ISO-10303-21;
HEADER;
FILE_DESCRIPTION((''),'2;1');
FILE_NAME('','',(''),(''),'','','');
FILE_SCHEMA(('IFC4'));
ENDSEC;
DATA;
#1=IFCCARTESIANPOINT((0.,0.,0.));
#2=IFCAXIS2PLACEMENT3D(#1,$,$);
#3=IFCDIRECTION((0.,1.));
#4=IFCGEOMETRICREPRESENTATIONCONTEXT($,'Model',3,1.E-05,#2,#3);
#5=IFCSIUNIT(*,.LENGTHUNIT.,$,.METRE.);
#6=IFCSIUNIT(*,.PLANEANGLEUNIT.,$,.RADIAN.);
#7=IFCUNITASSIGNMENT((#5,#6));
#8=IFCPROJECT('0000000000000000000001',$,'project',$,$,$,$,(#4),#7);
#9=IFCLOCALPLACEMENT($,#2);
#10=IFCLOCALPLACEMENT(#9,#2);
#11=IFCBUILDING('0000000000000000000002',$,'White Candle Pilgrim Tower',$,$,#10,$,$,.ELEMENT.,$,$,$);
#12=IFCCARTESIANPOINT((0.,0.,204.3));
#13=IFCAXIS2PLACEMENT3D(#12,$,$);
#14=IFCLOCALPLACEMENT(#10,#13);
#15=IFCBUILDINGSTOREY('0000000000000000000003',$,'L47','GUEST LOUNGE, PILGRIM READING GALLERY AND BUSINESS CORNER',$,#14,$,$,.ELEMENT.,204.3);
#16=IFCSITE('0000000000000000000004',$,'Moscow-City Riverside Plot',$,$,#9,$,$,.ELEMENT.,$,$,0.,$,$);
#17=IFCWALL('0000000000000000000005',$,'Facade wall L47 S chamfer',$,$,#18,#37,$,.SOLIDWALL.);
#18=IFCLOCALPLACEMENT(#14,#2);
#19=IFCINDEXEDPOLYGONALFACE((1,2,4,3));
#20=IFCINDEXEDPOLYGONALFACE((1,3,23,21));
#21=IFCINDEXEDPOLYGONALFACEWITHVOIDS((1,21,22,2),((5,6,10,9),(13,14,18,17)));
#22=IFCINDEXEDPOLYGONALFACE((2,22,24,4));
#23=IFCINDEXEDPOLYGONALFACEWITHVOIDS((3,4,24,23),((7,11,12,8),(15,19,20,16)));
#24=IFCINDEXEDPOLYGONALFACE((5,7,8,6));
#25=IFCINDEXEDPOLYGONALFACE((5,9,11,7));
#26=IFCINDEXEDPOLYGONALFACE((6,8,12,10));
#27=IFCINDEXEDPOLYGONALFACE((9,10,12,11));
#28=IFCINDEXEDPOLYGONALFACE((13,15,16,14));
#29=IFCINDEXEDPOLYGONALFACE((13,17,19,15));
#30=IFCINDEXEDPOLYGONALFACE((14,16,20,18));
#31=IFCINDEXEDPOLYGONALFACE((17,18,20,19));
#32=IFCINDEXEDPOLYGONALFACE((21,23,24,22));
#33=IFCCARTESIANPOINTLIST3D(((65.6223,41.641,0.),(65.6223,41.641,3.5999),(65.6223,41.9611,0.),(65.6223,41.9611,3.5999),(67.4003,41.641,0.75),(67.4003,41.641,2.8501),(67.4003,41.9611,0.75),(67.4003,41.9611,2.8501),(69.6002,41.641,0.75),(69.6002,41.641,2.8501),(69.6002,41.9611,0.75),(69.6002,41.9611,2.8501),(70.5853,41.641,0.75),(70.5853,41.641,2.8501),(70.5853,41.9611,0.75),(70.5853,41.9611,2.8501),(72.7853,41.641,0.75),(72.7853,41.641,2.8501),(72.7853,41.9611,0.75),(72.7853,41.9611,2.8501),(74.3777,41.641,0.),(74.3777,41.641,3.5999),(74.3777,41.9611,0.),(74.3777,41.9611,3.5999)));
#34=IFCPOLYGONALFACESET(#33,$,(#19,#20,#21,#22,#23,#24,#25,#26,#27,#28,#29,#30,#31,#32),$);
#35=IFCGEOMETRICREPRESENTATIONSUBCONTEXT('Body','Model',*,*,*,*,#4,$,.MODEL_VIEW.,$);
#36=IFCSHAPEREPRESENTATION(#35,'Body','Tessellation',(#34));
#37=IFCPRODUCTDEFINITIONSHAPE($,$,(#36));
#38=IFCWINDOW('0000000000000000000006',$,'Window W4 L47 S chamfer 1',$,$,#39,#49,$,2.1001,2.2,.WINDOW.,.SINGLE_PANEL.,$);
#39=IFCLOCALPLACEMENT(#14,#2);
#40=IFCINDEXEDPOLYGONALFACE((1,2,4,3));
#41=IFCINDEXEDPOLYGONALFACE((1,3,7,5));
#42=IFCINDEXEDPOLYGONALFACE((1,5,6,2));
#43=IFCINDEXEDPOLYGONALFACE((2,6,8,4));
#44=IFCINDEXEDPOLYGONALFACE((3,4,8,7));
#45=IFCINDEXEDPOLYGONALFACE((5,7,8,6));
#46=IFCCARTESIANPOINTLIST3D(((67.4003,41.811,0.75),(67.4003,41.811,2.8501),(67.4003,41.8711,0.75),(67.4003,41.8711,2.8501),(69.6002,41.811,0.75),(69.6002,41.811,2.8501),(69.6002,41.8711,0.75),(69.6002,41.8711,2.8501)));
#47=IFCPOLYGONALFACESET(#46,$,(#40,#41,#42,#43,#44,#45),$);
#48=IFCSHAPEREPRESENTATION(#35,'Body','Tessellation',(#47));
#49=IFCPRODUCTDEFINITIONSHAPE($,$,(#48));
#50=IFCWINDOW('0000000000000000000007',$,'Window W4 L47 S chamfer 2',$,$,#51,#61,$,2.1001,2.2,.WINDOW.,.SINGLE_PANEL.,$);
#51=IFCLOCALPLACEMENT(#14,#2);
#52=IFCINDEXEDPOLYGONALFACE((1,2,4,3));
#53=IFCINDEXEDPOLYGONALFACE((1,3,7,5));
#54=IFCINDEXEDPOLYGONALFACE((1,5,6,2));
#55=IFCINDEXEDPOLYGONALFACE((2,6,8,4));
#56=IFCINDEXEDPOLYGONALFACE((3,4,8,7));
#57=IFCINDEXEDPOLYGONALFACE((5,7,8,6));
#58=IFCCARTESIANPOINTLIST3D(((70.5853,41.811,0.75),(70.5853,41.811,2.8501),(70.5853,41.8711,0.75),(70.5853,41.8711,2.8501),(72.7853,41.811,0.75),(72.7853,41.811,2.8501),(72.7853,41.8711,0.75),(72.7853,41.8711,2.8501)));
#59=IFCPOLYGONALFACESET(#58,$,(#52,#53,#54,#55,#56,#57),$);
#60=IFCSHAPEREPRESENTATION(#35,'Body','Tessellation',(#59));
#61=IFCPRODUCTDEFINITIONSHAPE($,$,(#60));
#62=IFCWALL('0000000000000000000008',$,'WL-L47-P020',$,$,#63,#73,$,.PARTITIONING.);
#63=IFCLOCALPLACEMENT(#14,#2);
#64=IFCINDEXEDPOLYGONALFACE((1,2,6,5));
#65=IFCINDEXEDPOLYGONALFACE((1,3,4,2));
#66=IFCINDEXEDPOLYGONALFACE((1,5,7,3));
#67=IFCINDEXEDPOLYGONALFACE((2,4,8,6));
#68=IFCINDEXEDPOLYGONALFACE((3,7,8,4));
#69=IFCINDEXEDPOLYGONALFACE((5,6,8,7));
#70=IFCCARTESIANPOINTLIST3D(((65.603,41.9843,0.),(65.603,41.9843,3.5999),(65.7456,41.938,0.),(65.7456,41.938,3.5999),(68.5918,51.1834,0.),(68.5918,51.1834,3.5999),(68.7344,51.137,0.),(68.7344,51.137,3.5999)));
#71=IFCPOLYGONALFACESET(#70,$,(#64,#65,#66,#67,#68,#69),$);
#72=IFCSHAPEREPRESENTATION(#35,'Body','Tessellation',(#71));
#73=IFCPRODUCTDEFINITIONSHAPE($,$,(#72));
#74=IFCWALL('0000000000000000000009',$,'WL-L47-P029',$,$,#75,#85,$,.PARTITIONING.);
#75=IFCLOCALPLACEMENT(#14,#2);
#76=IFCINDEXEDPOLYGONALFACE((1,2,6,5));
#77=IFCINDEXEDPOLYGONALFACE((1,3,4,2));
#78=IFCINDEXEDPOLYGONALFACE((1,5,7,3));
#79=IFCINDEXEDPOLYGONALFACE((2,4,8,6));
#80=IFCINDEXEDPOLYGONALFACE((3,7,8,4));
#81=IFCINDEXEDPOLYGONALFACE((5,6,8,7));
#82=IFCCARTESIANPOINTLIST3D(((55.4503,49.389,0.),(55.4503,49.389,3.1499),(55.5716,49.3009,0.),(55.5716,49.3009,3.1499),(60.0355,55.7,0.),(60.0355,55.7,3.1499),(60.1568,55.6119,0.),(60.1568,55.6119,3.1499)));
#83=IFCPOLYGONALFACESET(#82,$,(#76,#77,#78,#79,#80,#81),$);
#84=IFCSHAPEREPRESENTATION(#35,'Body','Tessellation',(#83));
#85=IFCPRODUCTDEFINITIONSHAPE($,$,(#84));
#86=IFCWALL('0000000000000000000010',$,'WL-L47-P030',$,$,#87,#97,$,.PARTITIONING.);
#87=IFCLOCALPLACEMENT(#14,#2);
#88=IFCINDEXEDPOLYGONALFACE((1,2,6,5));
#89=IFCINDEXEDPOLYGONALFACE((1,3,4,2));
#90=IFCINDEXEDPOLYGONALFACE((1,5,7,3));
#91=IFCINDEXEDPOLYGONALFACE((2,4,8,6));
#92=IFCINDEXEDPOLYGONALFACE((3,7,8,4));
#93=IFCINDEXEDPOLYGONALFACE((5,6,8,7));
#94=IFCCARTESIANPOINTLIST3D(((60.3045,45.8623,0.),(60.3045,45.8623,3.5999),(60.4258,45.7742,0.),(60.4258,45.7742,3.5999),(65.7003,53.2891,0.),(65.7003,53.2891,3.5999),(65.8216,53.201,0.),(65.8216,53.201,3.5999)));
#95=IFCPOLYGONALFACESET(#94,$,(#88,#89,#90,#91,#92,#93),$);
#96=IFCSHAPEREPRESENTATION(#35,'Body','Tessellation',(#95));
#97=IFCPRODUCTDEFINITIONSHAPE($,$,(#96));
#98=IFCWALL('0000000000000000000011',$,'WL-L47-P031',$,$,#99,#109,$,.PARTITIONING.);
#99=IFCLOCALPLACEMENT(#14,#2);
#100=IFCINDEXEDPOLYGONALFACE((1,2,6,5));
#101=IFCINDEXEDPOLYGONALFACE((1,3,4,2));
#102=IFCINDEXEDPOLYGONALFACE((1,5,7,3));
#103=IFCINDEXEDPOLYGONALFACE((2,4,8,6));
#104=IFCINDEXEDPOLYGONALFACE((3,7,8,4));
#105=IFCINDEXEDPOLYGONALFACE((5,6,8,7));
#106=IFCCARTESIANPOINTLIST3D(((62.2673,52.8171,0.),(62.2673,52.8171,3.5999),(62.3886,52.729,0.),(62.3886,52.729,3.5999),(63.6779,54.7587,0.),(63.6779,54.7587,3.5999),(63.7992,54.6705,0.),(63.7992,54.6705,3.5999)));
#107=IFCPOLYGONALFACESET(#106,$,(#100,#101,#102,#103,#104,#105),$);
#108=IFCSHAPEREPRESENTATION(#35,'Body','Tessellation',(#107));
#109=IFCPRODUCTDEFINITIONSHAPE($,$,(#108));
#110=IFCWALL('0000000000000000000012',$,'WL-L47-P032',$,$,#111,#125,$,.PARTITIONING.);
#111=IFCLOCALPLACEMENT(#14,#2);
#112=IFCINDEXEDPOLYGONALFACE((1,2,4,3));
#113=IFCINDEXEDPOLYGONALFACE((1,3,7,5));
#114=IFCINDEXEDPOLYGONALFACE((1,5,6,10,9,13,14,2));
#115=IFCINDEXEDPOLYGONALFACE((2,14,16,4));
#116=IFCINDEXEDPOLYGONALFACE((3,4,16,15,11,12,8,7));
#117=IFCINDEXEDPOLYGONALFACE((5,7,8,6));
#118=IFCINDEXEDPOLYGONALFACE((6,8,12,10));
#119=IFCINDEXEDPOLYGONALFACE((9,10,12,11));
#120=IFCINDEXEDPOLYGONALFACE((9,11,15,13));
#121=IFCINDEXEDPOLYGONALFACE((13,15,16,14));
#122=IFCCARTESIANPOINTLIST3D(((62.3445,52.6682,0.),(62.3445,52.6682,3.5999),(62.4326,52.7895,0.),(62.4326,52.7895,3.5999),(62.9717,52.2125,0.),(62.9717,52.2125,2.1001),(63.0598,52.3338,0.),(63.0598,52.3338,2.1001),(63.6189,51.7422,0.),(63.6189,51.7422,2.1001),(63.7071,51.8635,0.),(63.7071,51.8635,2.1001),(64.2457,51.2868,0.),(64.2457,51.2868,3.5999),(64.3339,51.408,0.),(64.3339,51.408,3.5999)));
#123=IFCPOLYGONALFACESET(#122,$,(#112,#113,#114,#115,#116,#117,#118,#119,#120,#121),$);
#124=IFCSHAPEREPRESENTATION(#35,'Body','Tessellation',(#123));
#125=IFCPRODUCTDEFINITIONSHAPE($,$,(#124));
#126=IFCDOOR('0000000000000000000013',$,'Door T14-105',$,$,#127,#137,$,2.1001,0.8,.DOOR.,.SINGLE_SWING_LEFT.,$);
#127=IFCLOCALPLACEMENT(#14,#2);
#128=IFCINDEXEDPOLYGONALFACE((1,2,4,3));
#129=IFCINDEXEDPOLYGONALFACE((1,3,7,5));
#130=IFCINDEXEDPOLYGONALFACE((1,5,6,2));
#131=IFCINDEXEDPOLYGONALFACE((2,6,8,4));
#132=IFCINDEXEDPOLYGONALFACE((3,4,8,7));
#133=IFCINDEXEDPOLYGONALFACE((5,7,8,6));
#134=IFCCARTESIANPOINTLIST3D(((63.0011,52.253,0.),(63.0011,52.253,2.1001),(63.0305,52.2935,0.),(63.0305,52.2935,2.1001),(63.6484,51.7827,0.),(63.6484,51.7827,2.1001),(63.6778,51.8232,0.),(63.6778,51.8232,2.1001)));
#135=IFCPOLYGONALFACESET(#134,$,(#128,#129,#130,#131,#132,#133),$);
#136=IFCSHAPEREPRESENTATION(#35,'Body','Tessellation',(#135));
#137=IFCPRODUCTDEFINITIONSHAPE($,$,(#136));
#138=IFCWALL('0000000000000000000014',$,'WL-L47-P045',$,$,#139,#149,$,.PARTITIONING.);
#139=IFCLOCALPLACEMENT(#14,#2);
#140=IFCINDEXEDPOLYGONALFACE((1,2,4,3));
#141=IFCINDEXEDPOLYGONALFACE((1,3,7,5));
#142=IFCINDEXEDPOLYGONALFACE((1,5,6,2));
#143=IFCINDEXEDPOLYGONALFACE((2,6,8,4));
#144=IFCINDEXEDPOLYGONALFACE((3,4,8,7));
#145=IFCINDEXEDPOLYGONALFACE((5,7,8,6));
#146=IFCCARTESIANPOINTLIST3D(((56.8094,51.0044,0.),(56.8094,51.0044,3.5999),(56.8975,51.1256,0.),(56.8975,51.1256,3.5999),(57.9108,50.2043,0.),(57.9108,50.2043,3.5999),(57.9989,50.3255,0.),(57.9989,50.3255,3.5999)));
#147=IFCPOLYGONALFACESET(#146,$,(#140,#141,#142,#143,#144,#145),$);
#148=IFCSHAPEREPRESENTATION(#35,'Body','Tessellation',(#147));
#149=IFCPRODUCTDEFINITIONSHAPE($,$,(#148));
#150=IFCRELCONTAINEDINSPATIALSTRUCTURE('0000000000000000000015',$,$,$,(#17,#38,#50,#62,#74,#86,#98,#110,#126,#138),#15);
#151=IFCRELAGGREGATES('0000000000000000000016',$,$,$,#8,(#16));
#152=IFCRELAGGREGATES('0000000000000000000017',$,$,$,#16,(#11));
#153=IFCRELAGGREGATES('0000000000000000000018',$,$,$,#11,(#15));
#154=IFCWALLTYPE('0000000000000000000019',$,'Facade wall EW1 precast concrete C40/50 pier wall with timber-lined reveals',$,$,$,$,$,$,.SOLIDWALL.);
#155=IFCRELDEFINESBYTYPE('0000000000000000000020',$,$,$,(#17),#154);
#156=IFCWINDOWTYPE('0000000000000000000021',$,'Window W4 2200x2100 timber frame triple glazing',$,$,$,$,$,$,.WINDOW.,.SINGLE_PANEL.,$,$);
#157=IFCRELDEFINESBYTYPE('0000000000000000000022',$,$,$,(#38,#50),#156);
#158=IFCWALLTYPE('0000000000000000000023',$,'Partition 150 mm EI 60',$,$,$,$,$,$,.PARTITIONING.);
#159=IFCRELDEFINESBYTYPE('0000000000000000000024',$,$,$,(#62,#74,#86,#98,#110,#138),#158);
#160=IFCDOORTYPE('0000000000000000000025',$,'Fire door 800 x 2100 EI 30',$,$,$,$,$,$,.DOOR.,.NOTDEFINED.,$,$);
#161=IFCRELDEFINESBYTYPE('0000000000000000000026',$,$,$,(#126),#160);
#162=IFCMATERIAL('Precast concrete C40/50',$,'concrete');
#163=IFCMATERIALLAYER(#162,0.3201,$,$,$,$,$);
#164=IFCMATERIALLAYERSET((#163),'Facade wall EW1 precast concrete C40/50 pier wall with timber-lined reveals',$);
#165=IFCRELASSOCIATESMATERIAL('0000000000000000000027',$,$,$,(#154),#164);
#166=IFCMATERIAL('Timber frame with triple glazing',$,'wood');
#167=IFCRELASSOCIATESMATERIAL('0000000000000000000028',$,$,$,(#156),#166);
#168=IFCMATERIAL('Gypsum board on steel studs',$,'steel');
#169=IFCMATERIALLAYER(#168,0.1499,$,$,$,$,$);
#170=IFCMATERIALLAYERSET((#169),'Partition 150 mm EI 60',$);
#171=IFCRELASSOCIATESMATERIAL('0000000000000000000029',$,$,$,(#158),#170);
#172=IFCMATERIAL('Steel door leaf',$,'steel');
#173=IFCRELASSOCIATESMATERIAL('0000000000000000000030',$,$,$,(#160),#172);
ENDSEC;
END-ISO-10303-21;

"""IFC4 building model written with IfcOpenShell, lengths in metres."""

from ifc_helpers import new_model, si_unit, direction, frame, frame_2d, origin, place, context, subcontext, project, spatial, rectangle, extrude, material, layer, layer_set, type_object, element, fill, save


model = new_model("IFC4")

# Units and contexts
model_context = context("Model", 3, precision=1e-05, world=origin(), true_north=direction((0.0, 1.0)))
body_context = subcontext(model_context, "Body", "Model", "MODEL_VIEW")
ifc_project = project(units=[si_unit("LENGTHUNIT", "METRE"), si_unit("PLANEANGLEUNIT", "RADIAN")], contexts=[model_context])

# Site, building, storey
site_placement = place(None, origin())
site = spatial("IfcSite", under=ifc_project, at=site_placement, Name="Moscow-City Riverside Plot", CompositionType="ELEMENT", RefElevation=0.0)
building_placement = place(site_placement, origin())
building = spatial("IfcBuilding", under=site, at=building_placement, Name="White Candle Pilgrim Tower", CompositionType="ELEMENT")
storey_placement = place(building_placement, frame((0.0, 0.0, 204.3)))
storey = spatial("IfcBuildingStorey", under=building, at=storey_placement, Name="L47", Description="GUEST LOUNGE, PILGRIM READING GALLERY AND BUSINESS CORNER", CompositionType="ELEMENT", Elevation=204.3)

# Shared definitions
ifc_material_1 = material(Name="Gypsum board on steel studs", Category="steel")
ifc_material_2 = material(Name="Steel door leaf", Category="steel")

# Wall, openings, windows
ifc_material_3 = material(Name="Precast concrete C40/50", Category="concrete")
ifc_layer_1 = layer(ifc_material_3, 0.3201)
ifc_layer_set_1 = layer_set([ifc_layer_1], Name="Facade wall EW1 precast concrete C40/50 pier wall with timber-lined reveals")
wall_type_1 = type_object("IfcWallType", Name="Facade wall EW1 precast concrete C40/50 pier wall with timber-lined reveals", PredefinedType="SOLIDWALL", material=ifc_layer_set_1)
wall_1_placement = place(storey_placement, frame((65.6223, 41.801, 0.0), z_axis=(0.0, 0.0, 1.0), x_axis=(1.0, 0.0, 0.0)))
wall_1 = element("IfcWall", 1, at=wall_1_placement, inside=storey, type_object=wall_type_1, Name="Facade wall L47 S chamfer", PredefinedType="SOLIDWALL", context=body_context, shape_type="SweptSolid", body=[
    extrude(rectangle(XDim=8.7554, YDim=0.3201, at=frame_2d((4.3777, 0.0))), origin(), (0.0, 0.0, 1.0), 3.5999),
])
opening_1_placement = place(wall_1_placement, frame((1.7778, 0.0, 0.75)))
opening_1 = element("IfcOpeningElement", 2, at=opening_1_placement, cuts=wall_1, PredefinedType="OPENING", context=body_context, shape_type="SweptSolid", body=[
    extrude(rectangle(XDim=2.2, YDim=2.1001, at=frame_2d((1.1001, 1.05))), frame((0.0, 0.1699, 0.0), z_axis=(0.0, -1.0, 0.0), x_axis=(1.0, 0.0, 0.0)), (0.0, 0.0, 1.0), 0.3401),
])
opening_2_placement = place(wall_1_placement, frame((4.9629, 0.0, 0.75)))
opening_2 = element("IfcOpeningElement", 3, at=opening_2_placement, cuts=wall_1, PredefinedType="OPENING", context=body_context, shape_type="SweptSolid", body=[
    extrude(rectangle(XDim=2.2, YDim=2.1001, at=frame_2d((1.1001, 1.05))), frame((0.0, 0.1699, 0.0), z_axis=(0.0, -1.0, 0.0), x_axis=(1.0, 0.0, 0.0)), (0.0, 0.0, 1.0), 0.3401),
])
ifc_material_4 = material(Name="Timber frame with triple glazing", Category="wood")
window_type = type_object("IfcWindowType", Name="Window W4 2200x2100 timber frame triple glazing", PartitioningType="SINGLE_PANEL", PredefinedType="WINDOW", material=ifc_material_4)
window_1_placement = place(opening_1_placement, origin())
window_1 = element("IfcWindow", 4, at=window_1_placement, inside=storey, type_object=window_type, Name="Window W4 L47 S chamfer 1", OverallHeight=2.1001, OverallWidth=2.2, PartitioningType="SINGLE_PANEL", PredefinedType="WINDOW", context=body_context, shape_type="SweptSolid", body=[
    extrude(rectangle(XDim=2.2, YDim=2.1001, at=frame_2d((1.1001, 1.05))), frame((0.0, 0.0701, 0.0), z_axis=(0.0, -1.0, 0.0), x_axis=(1.0, 0.0, 0.0)), (0.0, 0.0, 1.0), 0.0601),
])
fill(opening_1, window_1)
window_2_placement = place(opening_2_placement, origin())
window_2 = element("IfcWindow", 5, at=window_2_placement, inside=storey, type_object=window_type, Name="Window W4 L47 S chamfer 2", OverallHeight=2.1001, OverallWidth=2.2, PartitioningType="SINGLE_PANEL", PredefinedType="WINDOW", context=body_context, shape_type="SweptSolid", body=[
    extrude(rectangle(XDim=2.2, YDim=2.1001, at=frame_2d((1.1001, 1.05))), frame((0.0, 0.0701, 0.0), z_axis=(0.0, -1.0, 0.0), x_axis=(1.0, 0.0, 0.0)), (0.0, 0.0, 1.0), 0.0601),
])
fill(opening_2, window_2)

# Walls
ifc_layer_2 = layer(ifc_material_1, 0.1499)
ifc_layer_set_2 = layer_set([ifc_layer_2], Name="Partition 150 mm EI 60")
wall_type_2 = type_object("IfcWallType", Name="Partition 150 mm EI 60", PredefinedType="PARTITIONING", material=ifc_layer_set_2)
wall_2_placement = place(storey_placement, frame((65.6743, 41.9612, 0.0), z_axis=(0.0, 0.0, 1.0), x_axis=(0.309002, 0.951061, 0.0)))
element("IfcWall", 6, at=wall_2_placement, inside=storey, type_object=wall_type_2, Name="WL-L47-P020", PredefinedType="PARTITIONING", context=body_context, shape_type="SweptSolid", body=[
    extrude(rectangle(XDim=9.6724, YDim=0.1499, at=frame_2d((4.8362, 0.0))), origin(), (0.0, 0.0, 1.0), 3.5999),
])
wall_3_placement = place(storey_placement, frame((55.511, 49.345, 0.0), z_axis=(0.0, 0.0, 1.0), x_axis=(0.587783, 0.809019, 0.0)))
element("IfcWall", 7, at=wall_3_placement, inside=storey, type_object=wall_type_2, Name="WL-L47-P029", PredefinedType="PARTITIONING", context=body_context, shape_type="SweptSolid", body=[
    extrude(rectangle(XDim=7.8008, YDim=0.1499, at=frame_2d((3.9004, 0.0))), origin(), (0.0, 0.0, 1.0), 3.1499),
])
wall_4_placement = place(storey_placement, frame((60.3652, 45.8184, 0.0), z_axis=(0.0, 0.0, 1.0), x_axis=(0.587778, 0.809022, 0.0)))
element("IfcWall", 8, at=wall_4_placement, inside=storey, type_object=wall_type_2, Name="WL-L47-P030", PredefinedType="PARTITIONING", context=body_context, shape_type="SweptSolid", body=[
    extrude(rectangle(XDim=9.1799, YDim=0.1499, at=frame_2d((4.5898, 0.0))), origin(), (0.0, 0.0, 1.0), 3.5999),
])
wall_5_placement = place(storey_placement, frame((63.7385, 54.7146, 0.0), z_axis=(0.0, 0.0, 1.0), x_axis=(-0.587772, -0.809026, 0.0)))
element("IfcWall", 9, at=wall_5_placement, inside=storey, type_object=wall_type_2, Name="WL-L47-P031", PredefinedType="PARTITIONING", context=body_context, shape_type="SweptSolid", body=[
    extrude(rectangle(XDim=2.3999, YDim=0.1499, at=frame_2d((1.2, 0.0))), origin(), (0.0, 0.0, 1.0), 3.5999),
])

# Wall, opening, door
wall_6_placement = place(storey_placement, frame((64.2898, 51.3474, 0.0), z_axis=(0.0, 0.0, 1.0), x_axis=(-0.808997, 0.587813, 0.0)))
wall_6 = element("IfcWall", 10, at=wall_6_placement, inside=storey, type_object=wall_type_2, Name="WL-L47-P032", PredefinedType="PARTITIONING", context=body_context, shape_type="SweptSolid", body=[
    extrude(rectangle(XDim=2.3501, YDim=0.1499, at=frame_2d((1.175, 0.0))), origin(), (0.0, 0.0, 1.0), 3.5999),
])
opening_3_placement = place(wall_6_placement, frame((0.7749, 0.0, 0.0)))
opening_3 = element("IfcOpeningElement", 11, at=opening_3_placement, cuts=wall_6, PredefinedType="OPENING", context=body_context, shape_type="SweptSolid", body=[
    extrude(rectangle(XDim=0.8, YDim=2.1001, at=frame_2d((0.3999, 1.05))), frame((0.0, 0.085, 0.0), z_axis=(0.0, -1.0, 0.0), x_axis=(1.0, 0.0, 0.0)), (0.0, 0.0, 1.0), 0.1699),
])
door_type_1 = type_object("IfcDoorType", Name="Fire door 800 x 2100 EI 30", OperationType="NOTDEFINED", PredefinedType="DOOR", material=ifc_material_2)
door_1_placement = place(opening_3_placement, origin())
door_1 = element("IfcDoor", 12, at=door_1_placement, inside=storey, type_object=door_type_1, Name="Door T14-105", OperationType="SINGLE_SWING_LEFT", OverallHeight=2.1001, OverallWidth=0.8, PredefinedType="DOOR", context=body_context, shape_type="SweptSolid", body=[
    extrude(rectangle(XDim=0.8, YDim=2.1001, at=frame_2d((0.3999, 1.05))), frame((0.0, 0.0249, 0.0), z_axis=(0.0, -1.0, 0.0), x_axis=(1.0, 0.0, 0.0)), (0.0, 0.0, 1.0), 0.05),
])
fill(opening_3, door_1)

# Wall
wall_7_placement = place(storey_placement, frame((57.9548, 50.2649, 0.0), z_axis=(0.0, 0.0, 1.0), x_axis=(-0.809054, 0.587734, 0.0)))
element("IfcWall", 13, at=wall_7_placement, inside=storey, type_object=wall_type_2, Name="WL-L47-P045", PredefinedType="PARTITIONING", context=body_context, shape_type="SweptSolid", body=[
    extrude(rectangle(XDim=1.3613, YDim=0.1499, at=frame_2d((0.6807, 0.0))), origin(), (0.0, 0.0, 1.0), 3.5999),
])

save(model, "model.ifc")
